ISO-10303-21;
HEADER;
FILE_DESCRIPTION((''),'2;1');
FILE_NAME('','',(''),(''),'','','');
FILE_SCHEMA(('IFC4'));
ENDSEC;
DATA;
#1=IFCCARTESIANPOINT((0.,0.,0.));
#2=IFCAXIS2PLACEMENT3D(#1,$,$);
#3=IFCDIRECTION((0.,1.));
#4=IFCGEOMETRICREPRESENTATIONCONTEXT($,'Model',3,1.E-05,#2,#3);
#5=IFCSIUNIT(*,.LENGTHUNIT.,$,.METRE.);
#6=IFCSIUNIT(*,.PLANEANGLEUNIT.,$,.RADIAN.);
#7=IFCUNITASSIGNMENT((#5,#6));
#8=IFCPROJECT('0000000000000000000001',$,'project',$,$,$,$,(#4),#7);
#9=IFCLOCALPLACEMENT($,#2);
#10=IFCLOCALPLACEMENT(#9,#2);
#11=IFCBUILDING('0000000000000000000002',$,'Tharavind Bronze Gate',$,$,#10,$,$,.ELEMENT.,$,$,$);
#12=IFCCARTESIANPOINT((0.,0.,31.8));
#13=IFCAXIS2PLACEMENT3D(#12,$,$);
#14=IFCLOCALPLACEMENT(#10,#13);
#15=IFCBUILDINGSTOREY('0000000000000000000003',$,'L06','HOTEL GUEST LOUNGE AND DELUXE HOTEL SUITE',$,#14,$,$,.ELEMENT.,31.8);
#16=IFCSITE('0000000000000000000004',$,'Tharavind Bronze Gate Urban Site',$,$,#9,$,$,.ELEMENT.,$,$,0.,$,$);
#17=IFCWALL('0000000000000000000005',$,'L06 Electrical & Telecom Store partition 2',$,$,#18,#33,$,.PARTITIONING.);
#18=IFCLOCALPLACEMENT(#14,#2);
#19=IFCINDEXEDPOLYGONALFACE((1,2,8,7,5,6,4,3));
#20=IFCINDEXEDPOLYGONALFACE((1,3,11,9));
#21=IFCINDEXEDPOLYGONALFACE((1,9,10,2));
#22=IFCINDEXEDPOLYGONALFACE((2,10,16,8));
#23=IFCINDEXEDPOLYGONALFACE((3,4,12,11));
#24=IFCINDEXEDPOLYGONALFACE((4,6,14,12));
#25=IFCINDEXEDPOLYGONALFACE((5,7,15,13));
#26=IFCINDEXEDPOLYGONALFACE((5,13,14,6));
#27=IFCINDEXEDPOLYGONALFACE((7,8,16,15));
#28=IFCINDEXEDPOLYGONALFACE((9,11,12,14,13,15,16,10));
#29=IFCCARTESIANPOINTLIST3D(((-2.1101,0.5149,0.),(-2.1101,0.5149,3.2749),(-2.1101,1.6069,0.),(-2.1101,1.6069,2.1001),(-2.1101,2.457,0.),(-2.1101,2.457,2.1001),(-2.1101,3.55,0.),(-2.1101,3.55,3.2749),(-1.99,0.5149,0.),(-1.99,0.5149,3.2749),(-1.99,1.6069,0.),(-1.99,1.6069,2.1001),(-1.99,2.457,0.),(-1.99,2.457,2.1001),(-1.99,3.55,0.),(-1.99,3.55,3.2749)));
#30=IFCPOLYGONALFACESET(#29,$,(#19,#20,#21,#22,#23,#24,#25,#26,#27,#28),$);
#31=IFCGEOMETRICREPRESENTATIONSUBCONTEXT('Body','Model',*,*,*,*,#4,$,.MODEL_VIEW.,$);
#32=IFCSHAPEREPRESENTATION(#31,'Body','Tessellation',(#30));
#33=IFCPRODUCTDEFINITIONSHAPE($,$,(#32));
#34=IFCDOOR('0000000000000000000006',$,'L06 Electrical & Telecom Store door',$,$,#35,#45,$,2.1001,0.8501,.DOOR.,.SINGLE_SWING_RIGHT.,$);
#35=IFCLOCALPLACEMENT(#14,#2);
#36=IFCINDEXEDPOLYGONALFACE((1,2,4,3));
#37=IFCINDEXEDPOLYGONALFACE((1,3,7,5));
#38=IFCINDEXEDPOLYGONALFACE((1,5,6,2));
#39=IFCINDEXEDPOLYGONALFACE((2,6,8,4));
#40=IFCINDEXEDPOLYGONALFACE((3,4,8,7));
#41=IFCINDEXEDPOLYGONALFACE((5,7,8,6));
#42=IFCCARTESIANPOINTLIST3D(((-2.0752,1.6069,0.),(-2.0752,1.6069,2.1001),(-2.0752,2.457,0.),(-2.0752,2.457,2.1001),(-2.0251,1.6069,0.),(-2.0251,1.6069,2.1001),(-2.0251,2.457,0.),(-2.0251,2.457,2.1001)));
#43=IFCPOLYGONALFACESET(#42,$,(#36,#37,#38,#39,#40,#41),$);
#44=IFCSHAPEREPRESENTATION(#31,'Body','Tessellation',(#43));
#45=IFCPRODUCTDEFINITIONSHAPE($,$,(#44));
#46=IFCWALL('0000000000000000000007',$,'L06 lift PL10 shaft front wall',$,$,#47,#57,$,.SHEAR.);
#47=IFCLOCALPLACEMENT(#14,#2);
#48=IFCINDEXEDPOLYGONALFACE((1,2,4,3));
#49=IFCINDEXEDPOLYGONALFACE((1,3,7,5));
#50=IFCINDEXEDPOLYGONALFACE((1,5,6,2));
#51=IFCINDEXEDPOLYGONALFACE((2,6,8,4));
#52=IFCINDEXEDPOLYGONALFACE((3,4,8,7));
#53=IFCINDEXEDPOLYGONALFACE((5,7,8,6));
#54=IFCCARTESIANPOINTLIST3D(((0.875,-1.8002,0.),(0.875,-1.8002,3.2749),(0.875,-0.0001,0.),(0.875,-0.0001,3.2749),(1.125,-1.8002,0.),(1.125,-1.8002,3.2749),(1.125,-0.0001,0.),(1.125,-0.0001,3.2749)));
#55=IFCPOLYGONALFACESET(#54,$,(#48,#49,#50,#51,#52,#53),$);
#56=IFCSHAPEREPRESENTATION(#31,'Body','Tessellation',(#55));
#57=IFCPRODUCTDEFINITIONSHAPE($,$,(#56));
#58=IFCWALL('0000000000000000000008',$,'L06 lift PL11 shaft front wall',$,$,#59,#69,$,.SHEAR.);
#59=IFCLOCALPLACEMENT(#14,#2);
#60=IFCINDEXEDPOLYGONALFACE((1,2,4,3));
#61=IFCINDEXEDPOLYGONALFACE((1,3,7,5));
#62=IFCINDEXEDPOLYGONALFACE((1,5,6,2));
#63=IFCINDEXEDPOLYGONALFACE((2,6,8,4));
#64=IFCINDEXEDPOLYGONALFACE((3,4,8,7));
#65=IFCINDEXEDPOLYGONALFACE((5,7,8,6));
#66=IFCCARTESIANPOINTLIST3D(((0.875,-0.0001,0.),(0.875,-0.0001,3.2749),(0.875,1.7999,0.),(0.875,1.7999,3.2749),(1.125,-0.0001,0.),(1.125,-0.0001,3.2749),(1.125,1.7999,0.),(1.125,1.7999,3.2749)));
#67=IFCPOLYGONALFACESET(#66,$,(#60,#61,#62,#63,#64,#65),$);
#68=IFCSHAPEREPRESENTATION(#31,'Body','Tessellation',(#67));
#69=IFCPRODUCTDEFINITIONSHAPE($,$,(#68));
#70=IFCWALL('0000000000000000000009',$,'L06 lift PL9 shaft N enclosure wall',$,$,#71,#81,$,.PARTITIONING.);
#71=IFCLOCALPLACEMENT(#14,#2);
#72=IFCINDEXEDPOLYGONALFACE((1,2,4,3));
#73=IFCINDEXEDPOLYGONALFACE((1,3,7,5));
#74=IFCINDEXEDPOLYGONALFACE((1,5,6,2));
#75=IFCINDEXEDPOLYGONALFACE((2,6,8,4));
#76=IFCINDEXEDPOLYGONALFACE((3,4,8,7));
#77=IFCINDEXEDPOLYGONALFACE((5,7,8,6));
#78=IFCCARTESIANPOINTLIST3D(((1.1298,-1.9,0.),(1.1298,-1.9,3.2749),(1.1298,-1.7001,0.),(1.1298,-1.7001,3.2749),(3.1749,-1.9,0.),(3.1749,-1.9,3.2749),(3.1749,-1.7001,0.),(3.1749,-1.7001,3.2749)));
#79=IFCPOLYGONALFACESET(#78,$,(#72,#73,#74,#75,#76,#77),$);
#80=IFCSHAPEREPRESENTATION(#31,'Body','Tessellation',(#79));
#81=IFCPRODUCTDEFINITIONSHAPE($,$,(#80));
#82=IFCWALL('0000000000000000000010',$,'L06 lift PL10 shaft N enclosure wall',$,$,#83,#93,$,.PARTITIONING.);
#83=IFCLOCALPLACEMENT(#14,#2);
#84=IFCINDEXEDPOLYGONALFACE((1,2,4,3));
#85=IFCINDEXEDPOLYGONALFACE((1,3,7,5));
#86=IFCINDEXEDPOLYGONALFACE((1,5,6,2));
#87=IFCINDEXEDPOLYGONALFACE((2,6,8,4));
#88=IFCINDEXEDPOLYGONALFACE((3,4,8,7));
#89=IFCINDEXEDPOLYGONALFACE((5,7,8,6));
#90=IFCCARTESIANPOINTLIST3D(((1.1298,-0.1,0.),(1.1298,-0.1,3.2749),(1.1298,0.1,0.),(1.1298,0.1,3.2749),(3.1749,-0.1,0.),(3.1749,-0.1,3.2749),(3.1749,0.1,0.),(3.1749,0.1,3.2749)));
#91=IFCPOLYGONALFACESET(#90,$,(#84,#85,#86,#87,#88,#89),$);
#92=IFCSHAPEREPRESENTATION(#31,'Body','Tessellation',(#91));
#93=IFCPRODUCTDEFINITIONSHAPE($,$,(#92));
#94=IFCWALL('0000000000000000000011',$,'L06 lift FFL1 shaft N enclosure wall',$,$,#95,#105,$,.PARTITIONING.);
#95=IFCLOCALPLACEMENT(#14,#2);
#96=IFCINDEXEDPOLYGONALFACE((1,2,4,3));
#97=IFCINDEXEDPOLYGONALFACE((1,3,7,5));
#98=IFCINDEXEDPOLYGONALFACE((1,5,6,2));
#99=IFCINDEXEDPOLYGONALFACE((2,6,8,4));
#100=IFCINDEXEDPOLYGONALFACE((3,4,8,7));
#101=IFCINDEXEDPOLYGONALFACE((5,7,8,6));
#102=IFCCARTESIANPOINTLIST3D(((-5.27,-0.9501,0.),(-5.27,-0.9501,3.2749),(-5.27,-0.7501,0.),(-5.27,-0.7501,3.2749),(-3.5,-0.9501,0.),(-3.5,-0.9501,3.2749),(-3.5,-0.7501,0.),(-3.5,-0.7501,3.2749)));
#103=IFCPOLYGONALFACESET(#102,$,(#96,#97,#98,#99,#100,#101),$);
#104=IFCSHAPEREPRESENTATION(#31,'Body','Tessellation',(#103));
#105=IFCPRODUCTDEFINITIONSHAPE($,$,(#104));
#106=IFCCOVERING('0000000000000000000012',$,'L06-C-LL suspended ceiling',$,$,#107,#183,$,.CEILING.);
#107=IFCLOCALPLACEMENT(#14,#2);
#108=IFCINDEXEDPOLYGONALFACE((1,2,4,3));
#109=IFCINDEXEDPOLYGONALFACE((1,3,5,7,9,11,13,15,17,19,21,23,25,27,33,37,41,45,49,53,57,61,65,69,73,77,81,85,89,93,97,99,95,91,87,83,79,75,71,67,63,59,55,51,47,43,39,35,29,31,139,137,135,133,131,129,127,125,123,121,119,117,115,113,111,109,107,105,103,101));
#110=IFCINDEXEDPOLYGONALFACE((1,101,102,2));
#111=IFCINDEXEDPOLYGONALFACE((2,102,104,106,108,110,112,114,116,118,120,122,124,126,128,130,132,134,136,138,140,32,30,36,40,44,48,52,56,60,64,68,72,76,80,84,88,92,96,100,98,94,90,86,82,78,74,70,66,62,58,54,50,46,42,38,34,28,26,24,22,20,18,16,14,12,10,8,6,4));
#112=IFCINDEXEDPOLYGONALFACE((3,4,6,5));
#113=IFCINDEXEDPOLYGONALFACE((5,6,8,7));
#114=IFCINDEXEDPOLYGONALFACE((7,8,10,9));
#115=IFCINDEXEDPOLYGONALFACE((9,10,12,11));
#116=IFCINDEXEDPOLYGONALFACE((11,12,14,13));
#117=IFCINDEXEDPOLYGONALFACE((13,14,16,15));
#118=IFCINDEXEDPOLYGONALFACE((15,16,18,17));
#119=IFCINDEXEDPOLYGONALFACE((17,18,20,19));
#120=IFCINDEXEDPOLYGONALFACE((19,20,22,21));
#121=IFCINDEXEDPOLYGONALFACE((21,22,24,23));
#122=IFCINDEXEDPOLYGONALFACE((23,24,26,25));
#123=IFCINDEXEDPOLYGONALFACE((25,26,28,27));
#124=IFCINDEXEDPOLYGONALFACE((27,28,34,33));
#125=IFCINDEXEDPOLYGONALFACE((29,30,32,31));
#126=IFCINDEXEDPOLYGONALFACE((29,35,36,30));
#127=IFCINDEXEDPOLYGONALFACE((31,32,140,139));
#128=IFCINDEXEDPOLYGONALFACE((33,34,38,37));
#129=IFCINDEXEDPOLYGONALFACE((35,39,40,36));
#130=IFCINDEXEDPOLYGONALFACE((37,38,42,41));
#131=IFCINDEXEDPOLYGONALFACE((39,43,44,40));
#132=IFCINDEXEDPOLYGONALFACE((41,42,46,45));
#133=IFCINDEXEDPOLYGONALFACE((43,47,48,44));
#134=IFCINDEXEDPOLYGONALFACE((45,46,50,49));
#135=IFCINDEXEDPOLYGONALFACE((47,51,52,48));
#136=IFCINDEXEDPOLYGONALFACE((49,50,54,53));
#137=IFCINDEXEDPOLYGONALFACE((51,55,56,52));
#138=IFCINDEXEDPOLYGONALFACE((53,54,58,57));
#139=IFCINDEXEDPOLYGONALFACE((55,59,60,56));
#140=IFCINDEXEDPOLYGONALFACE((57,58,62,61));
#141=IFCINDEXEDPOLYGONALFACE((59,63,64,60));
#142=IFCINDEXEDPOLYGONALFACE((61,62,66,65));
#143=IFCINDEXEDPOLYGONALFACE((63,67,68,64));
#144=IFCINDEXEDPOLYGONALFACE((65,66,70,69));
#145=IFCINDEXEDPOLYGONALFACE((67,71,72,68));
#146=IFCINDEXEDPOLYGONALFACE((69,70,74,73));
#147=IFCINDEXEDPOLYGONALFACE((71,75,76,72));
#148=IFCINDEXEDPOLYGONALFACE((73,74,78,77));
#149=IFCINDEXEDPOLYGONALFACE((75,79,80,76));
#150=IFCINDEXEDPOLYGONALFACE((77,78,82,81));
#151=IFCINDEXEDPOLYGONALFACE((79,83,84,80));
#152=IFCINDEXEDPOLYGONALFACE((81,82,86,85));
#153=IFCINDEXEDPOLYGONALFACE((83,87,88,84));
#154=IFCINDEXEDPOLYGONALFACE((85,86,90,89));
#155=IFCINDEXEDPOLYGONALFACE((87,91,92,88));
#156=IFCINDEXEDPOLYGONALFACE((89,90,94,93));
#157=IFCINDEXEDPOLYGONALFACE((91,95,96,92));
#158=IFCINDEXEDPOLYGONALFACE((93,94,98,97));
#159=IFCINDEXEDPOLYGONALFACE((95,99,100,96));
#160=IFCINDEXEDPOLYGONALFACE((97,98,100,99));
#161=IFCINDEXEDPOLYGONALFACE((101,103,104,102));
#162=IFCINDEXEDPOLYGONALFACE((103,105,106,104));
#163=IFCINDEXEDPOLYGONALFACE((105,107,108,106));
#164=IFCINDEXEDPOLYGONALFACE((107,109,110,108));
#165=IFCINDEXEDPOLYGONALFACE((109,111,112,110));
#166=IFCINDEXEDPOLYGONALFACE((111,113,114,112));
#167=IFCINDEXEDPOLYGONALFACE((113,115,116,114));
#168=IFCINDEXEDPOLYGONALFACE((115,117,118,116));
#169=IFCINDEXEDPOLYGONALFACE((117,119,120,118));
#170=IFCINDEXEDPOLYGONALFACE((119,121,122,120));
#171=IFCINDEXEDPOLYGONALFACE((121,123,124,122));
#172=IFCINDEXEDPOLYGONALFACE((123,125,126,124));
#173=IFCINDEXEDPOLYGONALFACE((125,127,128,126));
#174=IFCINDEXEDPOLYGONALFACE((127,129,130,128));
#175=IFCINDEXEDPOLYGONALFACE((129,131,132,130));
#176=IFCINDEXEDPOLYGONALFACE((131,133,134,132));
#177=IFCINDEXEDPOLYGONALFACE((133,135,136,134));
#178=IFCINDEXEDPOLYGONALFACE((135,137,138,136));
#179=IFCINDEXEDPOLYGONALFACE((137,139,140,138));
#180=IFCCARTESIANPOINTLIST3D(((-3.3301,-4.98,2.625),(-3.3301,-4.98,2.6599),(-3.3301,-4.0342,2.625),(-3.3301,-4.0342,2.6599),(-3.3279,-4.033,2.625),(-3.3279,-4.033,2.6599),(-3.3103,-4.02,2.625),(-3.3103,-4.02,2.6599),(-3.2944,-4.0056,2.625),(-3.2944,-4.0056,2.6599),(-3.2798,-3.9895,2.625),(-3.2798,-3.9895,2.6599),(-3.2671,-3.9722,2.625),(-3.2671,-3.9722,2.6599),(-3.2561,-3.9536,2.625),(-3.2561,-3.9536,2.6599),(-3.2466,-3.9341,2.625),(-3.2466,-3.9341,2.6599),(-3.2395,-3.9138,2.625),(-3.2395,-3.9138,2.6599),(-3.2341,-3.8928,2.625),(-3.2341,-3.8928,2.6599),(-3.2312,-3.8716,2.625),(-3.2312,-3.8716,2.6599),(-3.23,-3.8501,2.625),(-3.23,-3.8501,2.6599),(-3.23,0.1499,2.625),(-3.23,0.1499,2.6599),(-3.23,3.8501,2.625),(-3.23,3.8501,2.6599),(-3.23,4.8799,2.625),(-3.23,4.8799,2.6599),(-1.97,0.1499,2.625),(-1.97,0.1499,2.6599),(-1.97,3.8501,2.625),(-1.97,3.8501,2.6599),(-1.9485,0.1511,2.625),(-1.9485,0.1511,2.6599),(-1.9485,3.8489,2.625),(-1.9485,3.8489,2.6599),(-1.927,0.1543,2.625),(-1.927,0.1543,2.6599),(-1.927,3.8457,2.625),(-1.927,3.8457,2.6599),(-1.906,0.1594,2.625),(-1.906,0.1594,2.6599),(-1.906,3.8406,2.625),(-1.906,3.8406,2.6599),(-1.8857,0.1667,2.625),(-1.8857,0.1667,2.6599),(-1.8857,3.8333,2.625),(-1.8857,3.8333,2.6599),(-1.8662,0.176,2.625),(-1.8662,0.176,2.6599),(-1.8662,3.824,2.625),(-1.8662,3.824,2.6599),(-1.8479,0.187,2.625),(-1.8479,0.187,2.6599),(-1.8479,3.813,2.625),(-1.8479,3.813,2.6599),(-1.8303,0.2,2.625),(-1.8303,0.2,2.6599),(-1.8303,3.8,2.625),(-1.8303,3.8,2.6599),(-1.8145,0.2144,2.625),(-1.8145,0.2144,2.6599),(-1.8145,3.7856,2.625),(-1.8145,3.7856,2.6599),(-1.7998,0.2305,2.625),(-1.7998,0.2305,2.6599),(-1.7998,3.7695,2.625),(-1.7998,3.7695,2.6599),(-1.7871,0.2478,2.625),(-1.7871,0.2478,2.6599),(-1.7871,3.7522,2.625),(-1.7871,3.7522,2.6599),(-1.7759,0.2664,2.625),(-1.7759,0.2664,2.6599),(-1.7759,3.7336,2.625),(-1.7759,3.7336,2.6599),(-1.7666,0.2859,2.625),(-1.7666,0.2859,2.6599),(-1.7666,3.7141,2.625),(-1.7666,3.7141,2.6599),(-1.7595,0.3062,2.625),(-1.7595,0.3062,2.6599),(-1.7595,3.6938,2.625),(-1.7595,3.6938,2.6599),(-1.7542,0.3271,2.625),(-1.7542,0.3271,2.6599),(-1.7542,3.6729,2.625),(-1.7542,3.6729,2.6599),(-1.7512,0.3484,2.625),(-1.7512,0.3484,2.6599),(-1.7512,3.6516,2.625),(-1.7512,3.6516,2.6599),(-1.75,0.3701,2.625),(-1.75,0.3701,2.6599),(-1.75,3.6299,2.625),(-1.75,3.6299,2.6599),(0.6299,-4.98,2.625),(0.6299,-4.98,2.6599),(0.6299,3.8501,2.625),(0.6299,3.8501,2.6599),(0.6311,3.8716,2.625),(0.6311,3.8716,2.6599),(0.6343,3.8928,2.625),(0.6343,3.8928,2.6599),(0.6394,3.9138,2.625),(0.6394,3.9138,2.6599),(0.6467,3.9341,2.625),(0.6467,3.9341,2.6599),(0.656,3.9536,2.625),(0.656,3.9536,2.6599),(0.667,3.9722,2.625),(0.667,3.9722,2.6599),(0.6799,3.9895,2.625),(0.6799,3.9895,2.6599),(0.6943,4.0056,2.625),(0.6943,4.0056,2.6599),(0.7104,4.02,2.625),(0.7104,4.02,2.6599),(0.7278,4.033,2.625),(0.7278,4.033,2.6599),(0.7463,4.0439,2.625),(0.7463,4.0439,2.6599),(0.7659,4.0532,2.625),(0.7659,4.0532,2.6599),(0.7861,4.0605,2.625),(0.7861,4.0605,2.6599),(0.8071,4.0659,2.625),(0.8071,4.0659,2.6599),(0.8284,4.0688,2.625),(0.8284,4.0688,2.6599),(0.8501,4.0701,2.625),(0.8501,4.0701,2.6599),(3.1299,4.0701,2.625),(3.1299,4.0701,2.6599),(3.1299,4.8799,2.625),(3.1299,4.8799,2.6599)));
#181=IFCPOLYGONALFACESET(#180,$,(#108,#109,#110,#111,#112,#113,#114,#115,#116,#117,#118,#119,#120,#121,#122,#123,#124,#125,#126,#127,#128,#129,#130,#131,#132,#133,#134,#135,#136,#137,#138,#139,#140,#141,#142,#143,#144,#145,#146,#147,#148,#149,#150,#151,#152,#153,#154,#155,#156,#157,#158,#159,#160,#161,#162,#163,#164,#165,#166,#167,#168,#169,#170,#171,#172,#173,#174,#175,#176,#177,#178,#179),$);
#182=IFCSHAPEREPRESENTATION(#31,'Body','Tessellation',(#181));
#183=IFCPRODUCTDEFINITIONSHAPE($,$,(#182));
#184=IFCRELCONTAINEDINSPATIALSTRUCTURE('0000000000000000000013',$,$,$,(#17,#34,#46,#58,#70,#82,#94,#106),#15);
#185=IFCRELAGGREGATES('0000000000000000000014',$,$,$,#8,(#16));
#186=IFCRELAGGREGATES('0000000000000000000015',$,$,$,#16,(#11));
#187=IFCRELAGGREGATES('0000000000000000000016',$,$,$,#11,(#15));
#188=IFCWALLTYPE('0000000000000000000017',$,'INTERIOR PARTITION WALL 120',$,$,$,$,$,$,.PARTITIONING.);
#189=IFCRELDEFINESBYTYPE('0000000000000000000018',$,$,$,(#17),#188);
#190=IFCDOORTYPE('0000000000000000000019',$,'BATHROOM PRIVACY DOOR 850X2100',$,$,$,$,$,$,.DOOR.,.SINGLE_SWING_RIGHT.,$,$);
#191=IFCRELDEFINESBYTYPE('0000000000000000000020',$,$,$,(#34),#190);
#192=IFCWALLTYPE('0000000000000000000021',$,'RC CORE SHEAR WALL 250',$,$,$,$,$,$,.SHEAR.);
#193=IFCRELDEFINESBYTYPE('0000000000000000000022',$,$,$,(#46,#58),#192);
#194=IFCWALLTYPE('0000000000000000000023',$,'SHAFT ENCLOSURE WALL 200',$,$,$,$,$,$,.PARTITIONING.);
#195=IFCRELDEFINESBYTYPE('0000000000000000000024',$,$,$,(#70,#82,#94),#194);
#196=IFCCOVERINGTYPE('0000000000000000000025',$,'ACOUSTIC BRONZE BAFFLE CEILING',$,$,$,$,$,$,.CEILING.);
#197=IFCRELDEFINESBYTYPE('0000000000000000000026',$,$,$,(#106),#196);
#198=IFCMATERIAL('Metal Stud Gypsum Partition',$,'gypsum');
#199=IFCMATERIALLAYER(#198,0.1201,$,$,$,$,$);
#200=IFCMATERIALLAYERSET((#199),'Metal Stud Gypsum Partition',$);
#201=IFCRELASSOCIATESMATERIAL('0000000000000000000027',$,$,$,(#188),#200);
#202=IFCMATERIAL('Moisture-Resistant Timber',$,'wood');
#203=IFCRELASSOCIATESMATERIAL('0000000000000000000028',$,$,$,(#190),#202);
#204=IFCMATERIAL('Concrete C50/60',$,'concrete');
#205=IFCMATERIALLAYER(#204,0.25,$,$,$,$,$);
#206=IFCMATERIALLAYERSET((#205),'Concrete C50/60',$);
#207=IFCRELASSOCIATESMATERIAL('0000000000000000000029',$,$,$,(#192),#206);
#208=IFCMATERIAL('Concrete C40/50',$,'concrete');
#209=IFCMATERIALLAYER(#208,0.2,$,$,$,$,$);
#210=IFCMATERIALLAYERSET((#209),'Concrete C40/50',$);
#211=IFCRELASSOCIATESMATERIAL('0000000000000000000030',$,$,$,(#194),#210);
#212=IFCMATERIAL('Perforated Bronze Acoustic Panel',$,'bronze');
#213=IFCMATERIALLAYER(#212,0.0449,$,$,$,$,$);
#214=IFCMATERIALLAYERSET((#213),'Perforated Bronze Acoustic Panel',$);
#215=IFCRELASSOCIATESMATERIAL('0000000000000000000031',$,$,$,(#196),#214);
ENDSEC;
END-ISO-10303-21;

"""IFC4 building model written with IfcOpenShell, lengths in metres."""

from ifc_helpers import new_model, si_unit, direction, frame, frame_2d, origin, place, context, subcontext, project, spatial, polyline, rectangle, outline, extrude, material, layer, layer_set, type_object, element, fill, save


model = new_model("IFC4")

# Units and contexts
model_context = context("Model", 3, precision=1e-05, world=origin(), true_north=direction((0.0, 1.0)))
body_context = subcontext(model_context, "Body", "Model", "MODEL_VIEW")
ifc_project = project(units=[si_unit("LENGTHUNIT", "METRE"), si_unit("PLANEANGLEUNIT", "RADIAN")], contexts=[model_context])

# Site, building, storey
site_placement = place(None, origin())
site = spatial("IfcSite", under=ifc_project, at=site_placement, Name="Tharavind Bronze Gate Urban Site", CompositionType="ELEMENT", RefElevation=0.0)
building_placement = place(site_placement, origin())
building = spatial("IfcBuilding", under=site, at=building_placement, Name="Tharavind Bronze Gate", CompositionType="ELEMENT")
storey_placement = place(building_placement, frame((0.0, 0.0, 31.8)))
storey = spatial("IfcBuildingStorey", under=building, at=storey_placement, Name="L06", Description="HOTEL GUEST LOUNGE AND DELUXE HOTEL SUITE", CompositionType="ELEMENT", Elevation=31.8)

# Shared definitions
ifc_material_1 = material(Name="Concrete C40/50", Category="concrete")

# Shared definitions
ifc_material_2 = material(Name="Metal Stud Gypsum Partition", Category="gypsum")
ifc_layer_1 = layer(ifc_material_2, 0.1201)
ifc_layer_set_1 = layer_set([ifc_layer_1], Name="Metal Stud Gypsum Partition")
wall_type_1 = type_object("IfcWallType", Name="INTERIOR PARTITION WALL 120", PredefinedType="PARTITIONING", material=ifc_layer_set_1)

# Wall, opening, door
wall_1_placement = place(storey_placement, frame((-2.05, 0.5149, 0.0), z_axis=(0.0, 0.0, 1.0), x_axis=(0.0, 1.0, 0.0)))
wall_1 = element("IfcWall", 1, at=wall_1_placement, inside=storey, type_object=wall_type_1, Name="L06 Electrical & Telecom Store partition 2", PredefinedType="PARTITIONING", context=body_context, shape_type="SweptSolid", body=[
    extrude(rectangle(XDim=3.0352, YDim=0.1201, at=frame_2d((1.5176, 0.0))), origin(), (0.0, 0.0, 1.0), 3.2749),
])
opening_placement = place(wall_1_placement, frame((1.092, 0.0, 0.0)))
opening = element("IfcOpeningElement", 2, at=opening_placement, cuts=wall_1, PredefinedType="OPENING", context=body_context, shape_type="SweptSolid", body=[
    extrude(rectangle(XDim=0.8501, YDim=2.1001, at=frame_2d((0.425, 1.05))), frame((0.0, 0.0701, 0.0), z_axis=(0.0, -1.0, 0.0), x_axis=(1.0, 0.0, 0.0)), (0.0, 0.0, 1.0), 0.1401),
])
ifc_material_3 = material(Name="Moisture-Resistant Timber", Category="wood")
door_type = type_object("IfcDoorType", Name="BATHROOM PRIVACY DOOR 850X2100", OperationType="SINGLE_SWING_RIGHT", PredefinedType="DOOR", material=ifc_material_3)
door_placement = place(opening_placement, frame((0.8501, 0.0, 0.0), z_axis=(0.0, 0.0, 1.0), x_axis=(-1.0, 0.0, 0.0)))
door = element("IfcDoor", 3, at=door_placement, inside=storey, type_object=door_type, Name="L06 Electrical & Telecom Store door", OperationType="SINGLE_SWING_RIGHT", OverallHeight=2.1001, OverallWidth=0.8501, PredefinedType="DOOR", context=body_context, shape_type="SweptSolid", body=[
    extrude(rectangle(XDim=0.8501, YDim=2.1001, at=frame_2d((0.425, 1.05))), frame((0.0, 0.0249, 0.0), z_axis=(0.0, -1.0, 0.0), x_axis=(1.0, 0.0, 0.0)), (0.0, 0.0, 1.0), 0.05),
])
fill(opening, door)

# Walls
ifc_material_4 = material(Name="Concrete C50/60", Category="concrete")
ifc_layer_2 = layer(ifc_material_4, 0.25)
ifc_layer_set_2 = layer_set([ifc_layer_2], Name="Concrete C50/60")
wall_type_2 = type_object("IfcWallType", Name="RC CORE SHEAR WALL 250", PredefinedType="SHEAR", material=ifc_layer_set_2)
for number, where, z_axis, x_axis, name in (
    (4, (1.0, -1.8, 0.0), (0.0, 0.0, 1.0), (0.0, 1.0, 0.0), "L06 lift PL10 shaft front wall"),
    (5, (1.0, 0.0, 0.0), (0.0, 0.0, 1.0), (0.0, 1.0, 0.0), "L06 lift PL11 shaft front wall"),
):
    element("IfcWall", number, at=place(storey_placement, frame(where, z_axis=z_axis, x_axis=x_axis)), inside=storey, type_object=wall_type_2, Name=name, PredefinedType="SHEAR", context=body_context, shape_type="SweptSolid", body=[
        extrude(rectangle(XDim=1.8, YDim=0.25, at=frame_2d((0.8999, 0.0))), origin(), (0.0, 0.0, 1.0), 3.2749),
    ])
ifc_layer_3 = layer(ifc_material_1, 0.2)
ifc_layer_set_3 = layer_set([ifc_layer_3], Name="Concrete C40/50")
wall_type_3 = type_object("IfcWallType", Name="SHAFT ENCLOSURE WALL 200", PredefinedType="PARTITIONING", material=ifc_layer_set_3)
for number, where, z_axis, x_axis, name in (
    (6, (1.1299, -1.8, 0.0), (0.0, 0.0, 1.0), (1.0, 0.0, 0.0), "L06 lift PL9 shaft N enclosure wall"),
    (7, (1.1299, 0.0, 0.0), (0.0, 0.0, 1.0), (1.0, 0.0, 0.0), "L06 lift PL10 shaft N enclosure wall"),
):
    element("IfcWall", number, at=place(storey_placement, frame(where, z_axis=z_axis, x_axis=x_axis)), inside=storey, type_object=wall_type_3, Name=name, PredefinedType="PARTITIONING", context=body_context, shape_type="SweptSolid", body=[
        extrude(rectangle(XDim=2.0452, YDim=0.2, at=frame_2d((1.0225, 0.0))), origin(), (0.0, 0.0, 1.0), 3.2749),
    ])
wall_2_placement = place(storey_placement, frame((-5.27, -0.8501, 0.0), z_axis=(0.0, 0.0, 1.0), x_axis=(1.0, 0.0, 0.0)))
element("IfcWall", 8, at=wall_2_placement, inside=storey, type_object=wall_type_3, Name="L06 lift FFL1 shaft N enclosure wall", PredefinedType="PARTITIONING", context=body_context, shape_type="SweptSolid", body=[
    extrude(rectangle(XDim=1.77, YDim=0.2, at=frame_2d((0.885, 0.0))), origin(), (0.0, 0.0, 1.0), 3.2749),
])

# Covering
ifc_material_5 = material(Name="Perforated Bronze Acoustic Panel", Category="bronze")
ifc_layer_4 = layer(ifc_material_5, 0.0449)
ifc_layer_set_4 = layer_set([ifc_layer_4], Name="Perforated Bronze Acoustic Panel")
covering_type_1 = type_object("IfcCoveringType", Name="ACOUSTIC BRONZE BAFFLE CEILING", PredefinedType="CEILING", material=ifc_layer_set_4)
covering_1_placement = place(storey_placement, frame((0.0, 0.0, 2.625)))
element("IfcCovering", 9, at=covering_1_placement, inside=storey, type_object=covering_type_1, Name="L06-C-LL suspended ceiling", PredefinedType="CEILING", context=body_context, shape_type="SweptSolid", body=[
    extrude(outline(polyline([(-3.3301, -4.98), (0.6299, -4.98), (0.6299, 3.8501), (0.6311, 3.8716), (0.6343, 3.8928), (0.6394, 3.9138), (0.6467, 3.9341), (0.656, 3.9536), (0.667, 3.9722), (0.6799, 3.9895), (0.6943, 4.0056), (0.7104, 4.02), (0.7278, 4.033), (0.7463, 4.0439), (0.7659, 4.0532), (0.7861, 4.0605), (0.8071, 4.0659), (0.8284, 4.0688), (0.8501, 4.0701), (3.1299, 4.0701), (3.1299, 4.8799), (-3.23, 4.8799), (-3.23, 3.8501), (-1.97, 3.8501), (-1.9485, 3.8489), (-1.927, 3.8457), (-1.906, 3.8406), (-1.8857, 3.8333), (-1.8662, 3.824), (-1.8479, 3.813), (-1.8303, 3.8), (-1.8145, 3.7856), (-1.7998, 3.7695), (-1.7871, 3.7522), (-1.7759, 3.7336), (-1.7666, 3.7141), (-1.7595, 3.6938), (-1.7542, 3.6729), (-1.7512, 3.6516), (-1.75, 3.6299), (-1.75, 0.3701), (-1.7512, 0.3484), (-1.7542, 0.3271), (-1.7595, 0.3062), (-1.7666, 0.2859), (-1.7759, 0.2664), (-1.7871, 0.2478), (-1.7998, 0.2305), (-1.8145, 0.2144), (-1.8303, 0.2), (-1.8479, 0.187), (-1.8662, 0.176), (-1.8857, 0.1667), (-1.906, 0.1594), (-1.927, 0.1543), (-1.9485, 0.1511), (-1.97, 0.1499), (-3.23, 0.1499), (-3.23, -3.8501), (-3.2312, -3.8716), (-3.2341, -3.8928), (-3.2395, -3.9138), (-3.2466, -3.9341), (-3.2561, -3.9536), (-3.2671, -3.9722), (-3.2798, -3.9895), (-3.2944, -4.0056), (-3.3103, -4.02), (-3.3279, -4.033), (-3.3301, -4.0342), (-3.3301, -4.98)])), origin(), (0.0, 0.0, 1.0), 0.0349),
])

save(model, "model.ifc")
